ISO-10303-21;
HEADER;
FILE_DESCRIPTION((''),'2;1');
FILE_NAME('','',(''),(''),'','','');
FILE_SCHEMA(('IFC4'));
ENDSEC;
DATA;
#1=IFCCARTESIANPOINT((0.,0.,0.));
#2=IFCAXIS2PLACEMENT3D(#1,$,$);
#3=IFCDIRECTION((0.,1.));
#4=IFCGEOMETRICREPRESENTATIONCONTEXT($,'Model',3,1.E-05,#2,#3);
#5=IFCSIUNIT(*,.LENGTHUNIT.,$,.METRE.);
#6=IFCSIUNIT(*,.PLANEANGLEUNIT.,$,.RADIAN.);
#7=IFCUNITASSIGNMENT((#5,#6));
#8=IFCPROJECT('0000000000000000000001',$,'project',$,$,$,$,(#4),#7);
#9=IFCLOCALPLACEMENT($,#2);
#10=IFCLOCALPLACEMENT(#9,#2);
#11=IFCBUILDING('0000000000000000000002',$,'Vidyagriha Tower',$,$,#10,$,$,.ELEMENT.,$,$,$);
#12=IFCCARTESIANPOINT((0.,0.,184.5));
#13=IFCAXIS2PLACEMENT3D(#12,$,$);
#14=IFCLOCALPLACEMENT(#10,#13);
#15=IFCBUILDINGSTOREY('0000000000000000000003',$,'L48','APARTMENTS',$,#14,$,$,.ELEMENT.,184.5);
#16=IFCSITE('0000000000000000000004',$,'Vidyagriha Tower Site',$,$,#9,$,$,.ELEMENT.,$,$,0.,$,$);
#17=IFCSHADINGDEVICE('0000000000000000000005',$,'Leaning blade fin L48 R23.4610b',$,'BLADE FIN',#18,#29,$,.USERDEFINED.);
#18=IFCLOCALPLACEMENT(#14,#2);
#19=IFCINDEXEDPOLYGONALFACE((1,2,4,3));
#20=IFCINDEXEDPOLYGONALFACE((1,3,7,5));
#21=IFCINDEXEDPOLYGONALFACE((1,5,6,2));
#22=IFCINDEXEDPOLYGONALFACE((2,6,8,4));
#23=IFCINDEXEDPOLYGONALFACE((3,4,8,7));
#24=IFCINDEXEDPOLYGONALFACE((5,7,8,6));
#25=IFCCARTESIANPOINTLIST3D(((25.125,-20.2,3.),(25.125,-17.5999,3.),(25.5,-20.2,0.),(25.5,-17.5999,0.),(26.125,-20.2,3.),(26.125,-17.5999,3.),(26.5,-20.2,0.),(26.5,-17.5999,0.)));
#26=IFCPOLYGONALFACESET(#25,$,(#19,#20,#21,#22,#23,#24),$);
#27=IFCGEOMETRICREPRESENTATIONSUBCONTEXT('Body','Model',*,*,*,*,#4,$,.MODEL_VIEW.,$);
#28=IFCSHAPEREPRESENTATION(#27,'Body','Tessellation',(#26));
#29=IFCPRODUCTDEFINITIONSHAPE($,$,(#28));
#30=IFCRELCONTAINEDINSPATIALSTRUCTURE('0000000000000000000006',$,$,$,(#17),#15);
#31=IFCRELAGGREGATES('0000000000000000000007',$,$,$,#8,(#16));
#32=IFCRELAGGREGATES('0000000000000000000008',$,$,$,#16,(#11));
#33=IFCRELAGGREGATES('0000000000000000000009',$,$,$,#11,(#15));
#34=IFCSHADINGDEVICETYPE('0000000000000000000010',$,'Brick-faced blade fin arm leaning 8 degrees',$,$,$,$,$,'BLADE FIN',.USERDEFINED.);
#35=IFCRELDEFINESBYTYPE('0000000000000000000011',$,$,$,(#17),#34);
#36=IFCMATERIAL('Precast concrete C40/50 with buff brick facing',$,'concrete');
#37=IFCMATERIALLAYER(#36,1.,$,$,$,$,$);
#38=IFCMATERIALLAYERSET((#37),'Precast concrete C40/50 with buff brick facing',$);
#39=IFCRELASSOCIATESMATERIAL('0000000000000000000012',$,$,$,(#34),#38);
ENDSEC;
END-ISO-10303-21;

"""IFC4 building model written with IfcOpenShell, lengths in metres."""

from ifc_helpers import new_model, si_unit, direction, frame, origin, place, context, subcontext, project, spatial, polyline, outline, extrude, material, layer, layer_set, type_object, element, save


model = new_model("IFC4")

# Units and contexts
model_context = context("Model", 3, precision=1e-05, world=origin(), true_north=direction((0.0, 1.0)))
body_context = subcontext(model_context, "Body", "Model", "MODEL_VIEW")
ifc_project = project(units=[si_unit("LENGTHUNIT", "METRE"), si_unit("PLANEANGLEUNIT", "RADIAN")], contexts=[model_context])

# Site, building, storey
site_placement = place(None, origin())
site = spatial("IfcSite", under=ifc_project, at=site_placement, Name="Vidyagriha Tower Site", CompositionType="ELEMENT", RefElevation=0.0)
building_placement = place(site_placement, origin())
building = spatial("IfcBuilding", under=site, at=building_placement, Name="Vidyagriha Tower", CompositionType="ELEMENT")
storey_placement = place(building_placement, frame((0.0, 0.0, 184.5)))
storey = spatial("IfcBuildingStorey", under=building, at=storey_placement, Name="L48", Description="APARTMENTS", CompositionType="ELEMENT", Elevation=184.5)

# Shading device
ifc_material_1 = material(Name="Precast concrete C40/50 with buff brick facing", Category="concrete")
ifc_layer_1 = layer(ifc_material_1, 1.0)
ifc_layer_set_1 = layer_set([ifc_layer_1], Name="Precast concrete C40/50 with buff brick facing")
shading_device_type = type_object("IfcShadingDeviceType", Name="Brick-faced blade fin arm leaning 8 degrees", ElementType="BLADE FIN", PredefinedType="USERDEFINED", material=ifc_layer_set_1)
shading_device_1_placement = place(storey_placement, frame((25.125, -18.8999, 0.0)))
element("IfcShadingDevice", 1, at=shading_device_1_placement, inside=storey, type_object=shading_device_type, Name="Leaning blade fin L48 R23.4610b", ObjectType="BLADE FIN", PredefinedType="USERDEFINED", context=body_context, shape_type="SweptSolid", body=[
    extrude(outline(polyline([(0.375, 0.0), (1.375, 0.0), (1.0, 3.0), (0.0, 3.0), (0.375, 0.0)])), frame((0.0, 1.3, 0.0), z_axis=(0.0, -1.0, 0.0), x_axis=(1.0, 0.0, 0.0)), (0.0, 0.0, 1.0), 2.6001),
])

save(model, "model.ifc")
